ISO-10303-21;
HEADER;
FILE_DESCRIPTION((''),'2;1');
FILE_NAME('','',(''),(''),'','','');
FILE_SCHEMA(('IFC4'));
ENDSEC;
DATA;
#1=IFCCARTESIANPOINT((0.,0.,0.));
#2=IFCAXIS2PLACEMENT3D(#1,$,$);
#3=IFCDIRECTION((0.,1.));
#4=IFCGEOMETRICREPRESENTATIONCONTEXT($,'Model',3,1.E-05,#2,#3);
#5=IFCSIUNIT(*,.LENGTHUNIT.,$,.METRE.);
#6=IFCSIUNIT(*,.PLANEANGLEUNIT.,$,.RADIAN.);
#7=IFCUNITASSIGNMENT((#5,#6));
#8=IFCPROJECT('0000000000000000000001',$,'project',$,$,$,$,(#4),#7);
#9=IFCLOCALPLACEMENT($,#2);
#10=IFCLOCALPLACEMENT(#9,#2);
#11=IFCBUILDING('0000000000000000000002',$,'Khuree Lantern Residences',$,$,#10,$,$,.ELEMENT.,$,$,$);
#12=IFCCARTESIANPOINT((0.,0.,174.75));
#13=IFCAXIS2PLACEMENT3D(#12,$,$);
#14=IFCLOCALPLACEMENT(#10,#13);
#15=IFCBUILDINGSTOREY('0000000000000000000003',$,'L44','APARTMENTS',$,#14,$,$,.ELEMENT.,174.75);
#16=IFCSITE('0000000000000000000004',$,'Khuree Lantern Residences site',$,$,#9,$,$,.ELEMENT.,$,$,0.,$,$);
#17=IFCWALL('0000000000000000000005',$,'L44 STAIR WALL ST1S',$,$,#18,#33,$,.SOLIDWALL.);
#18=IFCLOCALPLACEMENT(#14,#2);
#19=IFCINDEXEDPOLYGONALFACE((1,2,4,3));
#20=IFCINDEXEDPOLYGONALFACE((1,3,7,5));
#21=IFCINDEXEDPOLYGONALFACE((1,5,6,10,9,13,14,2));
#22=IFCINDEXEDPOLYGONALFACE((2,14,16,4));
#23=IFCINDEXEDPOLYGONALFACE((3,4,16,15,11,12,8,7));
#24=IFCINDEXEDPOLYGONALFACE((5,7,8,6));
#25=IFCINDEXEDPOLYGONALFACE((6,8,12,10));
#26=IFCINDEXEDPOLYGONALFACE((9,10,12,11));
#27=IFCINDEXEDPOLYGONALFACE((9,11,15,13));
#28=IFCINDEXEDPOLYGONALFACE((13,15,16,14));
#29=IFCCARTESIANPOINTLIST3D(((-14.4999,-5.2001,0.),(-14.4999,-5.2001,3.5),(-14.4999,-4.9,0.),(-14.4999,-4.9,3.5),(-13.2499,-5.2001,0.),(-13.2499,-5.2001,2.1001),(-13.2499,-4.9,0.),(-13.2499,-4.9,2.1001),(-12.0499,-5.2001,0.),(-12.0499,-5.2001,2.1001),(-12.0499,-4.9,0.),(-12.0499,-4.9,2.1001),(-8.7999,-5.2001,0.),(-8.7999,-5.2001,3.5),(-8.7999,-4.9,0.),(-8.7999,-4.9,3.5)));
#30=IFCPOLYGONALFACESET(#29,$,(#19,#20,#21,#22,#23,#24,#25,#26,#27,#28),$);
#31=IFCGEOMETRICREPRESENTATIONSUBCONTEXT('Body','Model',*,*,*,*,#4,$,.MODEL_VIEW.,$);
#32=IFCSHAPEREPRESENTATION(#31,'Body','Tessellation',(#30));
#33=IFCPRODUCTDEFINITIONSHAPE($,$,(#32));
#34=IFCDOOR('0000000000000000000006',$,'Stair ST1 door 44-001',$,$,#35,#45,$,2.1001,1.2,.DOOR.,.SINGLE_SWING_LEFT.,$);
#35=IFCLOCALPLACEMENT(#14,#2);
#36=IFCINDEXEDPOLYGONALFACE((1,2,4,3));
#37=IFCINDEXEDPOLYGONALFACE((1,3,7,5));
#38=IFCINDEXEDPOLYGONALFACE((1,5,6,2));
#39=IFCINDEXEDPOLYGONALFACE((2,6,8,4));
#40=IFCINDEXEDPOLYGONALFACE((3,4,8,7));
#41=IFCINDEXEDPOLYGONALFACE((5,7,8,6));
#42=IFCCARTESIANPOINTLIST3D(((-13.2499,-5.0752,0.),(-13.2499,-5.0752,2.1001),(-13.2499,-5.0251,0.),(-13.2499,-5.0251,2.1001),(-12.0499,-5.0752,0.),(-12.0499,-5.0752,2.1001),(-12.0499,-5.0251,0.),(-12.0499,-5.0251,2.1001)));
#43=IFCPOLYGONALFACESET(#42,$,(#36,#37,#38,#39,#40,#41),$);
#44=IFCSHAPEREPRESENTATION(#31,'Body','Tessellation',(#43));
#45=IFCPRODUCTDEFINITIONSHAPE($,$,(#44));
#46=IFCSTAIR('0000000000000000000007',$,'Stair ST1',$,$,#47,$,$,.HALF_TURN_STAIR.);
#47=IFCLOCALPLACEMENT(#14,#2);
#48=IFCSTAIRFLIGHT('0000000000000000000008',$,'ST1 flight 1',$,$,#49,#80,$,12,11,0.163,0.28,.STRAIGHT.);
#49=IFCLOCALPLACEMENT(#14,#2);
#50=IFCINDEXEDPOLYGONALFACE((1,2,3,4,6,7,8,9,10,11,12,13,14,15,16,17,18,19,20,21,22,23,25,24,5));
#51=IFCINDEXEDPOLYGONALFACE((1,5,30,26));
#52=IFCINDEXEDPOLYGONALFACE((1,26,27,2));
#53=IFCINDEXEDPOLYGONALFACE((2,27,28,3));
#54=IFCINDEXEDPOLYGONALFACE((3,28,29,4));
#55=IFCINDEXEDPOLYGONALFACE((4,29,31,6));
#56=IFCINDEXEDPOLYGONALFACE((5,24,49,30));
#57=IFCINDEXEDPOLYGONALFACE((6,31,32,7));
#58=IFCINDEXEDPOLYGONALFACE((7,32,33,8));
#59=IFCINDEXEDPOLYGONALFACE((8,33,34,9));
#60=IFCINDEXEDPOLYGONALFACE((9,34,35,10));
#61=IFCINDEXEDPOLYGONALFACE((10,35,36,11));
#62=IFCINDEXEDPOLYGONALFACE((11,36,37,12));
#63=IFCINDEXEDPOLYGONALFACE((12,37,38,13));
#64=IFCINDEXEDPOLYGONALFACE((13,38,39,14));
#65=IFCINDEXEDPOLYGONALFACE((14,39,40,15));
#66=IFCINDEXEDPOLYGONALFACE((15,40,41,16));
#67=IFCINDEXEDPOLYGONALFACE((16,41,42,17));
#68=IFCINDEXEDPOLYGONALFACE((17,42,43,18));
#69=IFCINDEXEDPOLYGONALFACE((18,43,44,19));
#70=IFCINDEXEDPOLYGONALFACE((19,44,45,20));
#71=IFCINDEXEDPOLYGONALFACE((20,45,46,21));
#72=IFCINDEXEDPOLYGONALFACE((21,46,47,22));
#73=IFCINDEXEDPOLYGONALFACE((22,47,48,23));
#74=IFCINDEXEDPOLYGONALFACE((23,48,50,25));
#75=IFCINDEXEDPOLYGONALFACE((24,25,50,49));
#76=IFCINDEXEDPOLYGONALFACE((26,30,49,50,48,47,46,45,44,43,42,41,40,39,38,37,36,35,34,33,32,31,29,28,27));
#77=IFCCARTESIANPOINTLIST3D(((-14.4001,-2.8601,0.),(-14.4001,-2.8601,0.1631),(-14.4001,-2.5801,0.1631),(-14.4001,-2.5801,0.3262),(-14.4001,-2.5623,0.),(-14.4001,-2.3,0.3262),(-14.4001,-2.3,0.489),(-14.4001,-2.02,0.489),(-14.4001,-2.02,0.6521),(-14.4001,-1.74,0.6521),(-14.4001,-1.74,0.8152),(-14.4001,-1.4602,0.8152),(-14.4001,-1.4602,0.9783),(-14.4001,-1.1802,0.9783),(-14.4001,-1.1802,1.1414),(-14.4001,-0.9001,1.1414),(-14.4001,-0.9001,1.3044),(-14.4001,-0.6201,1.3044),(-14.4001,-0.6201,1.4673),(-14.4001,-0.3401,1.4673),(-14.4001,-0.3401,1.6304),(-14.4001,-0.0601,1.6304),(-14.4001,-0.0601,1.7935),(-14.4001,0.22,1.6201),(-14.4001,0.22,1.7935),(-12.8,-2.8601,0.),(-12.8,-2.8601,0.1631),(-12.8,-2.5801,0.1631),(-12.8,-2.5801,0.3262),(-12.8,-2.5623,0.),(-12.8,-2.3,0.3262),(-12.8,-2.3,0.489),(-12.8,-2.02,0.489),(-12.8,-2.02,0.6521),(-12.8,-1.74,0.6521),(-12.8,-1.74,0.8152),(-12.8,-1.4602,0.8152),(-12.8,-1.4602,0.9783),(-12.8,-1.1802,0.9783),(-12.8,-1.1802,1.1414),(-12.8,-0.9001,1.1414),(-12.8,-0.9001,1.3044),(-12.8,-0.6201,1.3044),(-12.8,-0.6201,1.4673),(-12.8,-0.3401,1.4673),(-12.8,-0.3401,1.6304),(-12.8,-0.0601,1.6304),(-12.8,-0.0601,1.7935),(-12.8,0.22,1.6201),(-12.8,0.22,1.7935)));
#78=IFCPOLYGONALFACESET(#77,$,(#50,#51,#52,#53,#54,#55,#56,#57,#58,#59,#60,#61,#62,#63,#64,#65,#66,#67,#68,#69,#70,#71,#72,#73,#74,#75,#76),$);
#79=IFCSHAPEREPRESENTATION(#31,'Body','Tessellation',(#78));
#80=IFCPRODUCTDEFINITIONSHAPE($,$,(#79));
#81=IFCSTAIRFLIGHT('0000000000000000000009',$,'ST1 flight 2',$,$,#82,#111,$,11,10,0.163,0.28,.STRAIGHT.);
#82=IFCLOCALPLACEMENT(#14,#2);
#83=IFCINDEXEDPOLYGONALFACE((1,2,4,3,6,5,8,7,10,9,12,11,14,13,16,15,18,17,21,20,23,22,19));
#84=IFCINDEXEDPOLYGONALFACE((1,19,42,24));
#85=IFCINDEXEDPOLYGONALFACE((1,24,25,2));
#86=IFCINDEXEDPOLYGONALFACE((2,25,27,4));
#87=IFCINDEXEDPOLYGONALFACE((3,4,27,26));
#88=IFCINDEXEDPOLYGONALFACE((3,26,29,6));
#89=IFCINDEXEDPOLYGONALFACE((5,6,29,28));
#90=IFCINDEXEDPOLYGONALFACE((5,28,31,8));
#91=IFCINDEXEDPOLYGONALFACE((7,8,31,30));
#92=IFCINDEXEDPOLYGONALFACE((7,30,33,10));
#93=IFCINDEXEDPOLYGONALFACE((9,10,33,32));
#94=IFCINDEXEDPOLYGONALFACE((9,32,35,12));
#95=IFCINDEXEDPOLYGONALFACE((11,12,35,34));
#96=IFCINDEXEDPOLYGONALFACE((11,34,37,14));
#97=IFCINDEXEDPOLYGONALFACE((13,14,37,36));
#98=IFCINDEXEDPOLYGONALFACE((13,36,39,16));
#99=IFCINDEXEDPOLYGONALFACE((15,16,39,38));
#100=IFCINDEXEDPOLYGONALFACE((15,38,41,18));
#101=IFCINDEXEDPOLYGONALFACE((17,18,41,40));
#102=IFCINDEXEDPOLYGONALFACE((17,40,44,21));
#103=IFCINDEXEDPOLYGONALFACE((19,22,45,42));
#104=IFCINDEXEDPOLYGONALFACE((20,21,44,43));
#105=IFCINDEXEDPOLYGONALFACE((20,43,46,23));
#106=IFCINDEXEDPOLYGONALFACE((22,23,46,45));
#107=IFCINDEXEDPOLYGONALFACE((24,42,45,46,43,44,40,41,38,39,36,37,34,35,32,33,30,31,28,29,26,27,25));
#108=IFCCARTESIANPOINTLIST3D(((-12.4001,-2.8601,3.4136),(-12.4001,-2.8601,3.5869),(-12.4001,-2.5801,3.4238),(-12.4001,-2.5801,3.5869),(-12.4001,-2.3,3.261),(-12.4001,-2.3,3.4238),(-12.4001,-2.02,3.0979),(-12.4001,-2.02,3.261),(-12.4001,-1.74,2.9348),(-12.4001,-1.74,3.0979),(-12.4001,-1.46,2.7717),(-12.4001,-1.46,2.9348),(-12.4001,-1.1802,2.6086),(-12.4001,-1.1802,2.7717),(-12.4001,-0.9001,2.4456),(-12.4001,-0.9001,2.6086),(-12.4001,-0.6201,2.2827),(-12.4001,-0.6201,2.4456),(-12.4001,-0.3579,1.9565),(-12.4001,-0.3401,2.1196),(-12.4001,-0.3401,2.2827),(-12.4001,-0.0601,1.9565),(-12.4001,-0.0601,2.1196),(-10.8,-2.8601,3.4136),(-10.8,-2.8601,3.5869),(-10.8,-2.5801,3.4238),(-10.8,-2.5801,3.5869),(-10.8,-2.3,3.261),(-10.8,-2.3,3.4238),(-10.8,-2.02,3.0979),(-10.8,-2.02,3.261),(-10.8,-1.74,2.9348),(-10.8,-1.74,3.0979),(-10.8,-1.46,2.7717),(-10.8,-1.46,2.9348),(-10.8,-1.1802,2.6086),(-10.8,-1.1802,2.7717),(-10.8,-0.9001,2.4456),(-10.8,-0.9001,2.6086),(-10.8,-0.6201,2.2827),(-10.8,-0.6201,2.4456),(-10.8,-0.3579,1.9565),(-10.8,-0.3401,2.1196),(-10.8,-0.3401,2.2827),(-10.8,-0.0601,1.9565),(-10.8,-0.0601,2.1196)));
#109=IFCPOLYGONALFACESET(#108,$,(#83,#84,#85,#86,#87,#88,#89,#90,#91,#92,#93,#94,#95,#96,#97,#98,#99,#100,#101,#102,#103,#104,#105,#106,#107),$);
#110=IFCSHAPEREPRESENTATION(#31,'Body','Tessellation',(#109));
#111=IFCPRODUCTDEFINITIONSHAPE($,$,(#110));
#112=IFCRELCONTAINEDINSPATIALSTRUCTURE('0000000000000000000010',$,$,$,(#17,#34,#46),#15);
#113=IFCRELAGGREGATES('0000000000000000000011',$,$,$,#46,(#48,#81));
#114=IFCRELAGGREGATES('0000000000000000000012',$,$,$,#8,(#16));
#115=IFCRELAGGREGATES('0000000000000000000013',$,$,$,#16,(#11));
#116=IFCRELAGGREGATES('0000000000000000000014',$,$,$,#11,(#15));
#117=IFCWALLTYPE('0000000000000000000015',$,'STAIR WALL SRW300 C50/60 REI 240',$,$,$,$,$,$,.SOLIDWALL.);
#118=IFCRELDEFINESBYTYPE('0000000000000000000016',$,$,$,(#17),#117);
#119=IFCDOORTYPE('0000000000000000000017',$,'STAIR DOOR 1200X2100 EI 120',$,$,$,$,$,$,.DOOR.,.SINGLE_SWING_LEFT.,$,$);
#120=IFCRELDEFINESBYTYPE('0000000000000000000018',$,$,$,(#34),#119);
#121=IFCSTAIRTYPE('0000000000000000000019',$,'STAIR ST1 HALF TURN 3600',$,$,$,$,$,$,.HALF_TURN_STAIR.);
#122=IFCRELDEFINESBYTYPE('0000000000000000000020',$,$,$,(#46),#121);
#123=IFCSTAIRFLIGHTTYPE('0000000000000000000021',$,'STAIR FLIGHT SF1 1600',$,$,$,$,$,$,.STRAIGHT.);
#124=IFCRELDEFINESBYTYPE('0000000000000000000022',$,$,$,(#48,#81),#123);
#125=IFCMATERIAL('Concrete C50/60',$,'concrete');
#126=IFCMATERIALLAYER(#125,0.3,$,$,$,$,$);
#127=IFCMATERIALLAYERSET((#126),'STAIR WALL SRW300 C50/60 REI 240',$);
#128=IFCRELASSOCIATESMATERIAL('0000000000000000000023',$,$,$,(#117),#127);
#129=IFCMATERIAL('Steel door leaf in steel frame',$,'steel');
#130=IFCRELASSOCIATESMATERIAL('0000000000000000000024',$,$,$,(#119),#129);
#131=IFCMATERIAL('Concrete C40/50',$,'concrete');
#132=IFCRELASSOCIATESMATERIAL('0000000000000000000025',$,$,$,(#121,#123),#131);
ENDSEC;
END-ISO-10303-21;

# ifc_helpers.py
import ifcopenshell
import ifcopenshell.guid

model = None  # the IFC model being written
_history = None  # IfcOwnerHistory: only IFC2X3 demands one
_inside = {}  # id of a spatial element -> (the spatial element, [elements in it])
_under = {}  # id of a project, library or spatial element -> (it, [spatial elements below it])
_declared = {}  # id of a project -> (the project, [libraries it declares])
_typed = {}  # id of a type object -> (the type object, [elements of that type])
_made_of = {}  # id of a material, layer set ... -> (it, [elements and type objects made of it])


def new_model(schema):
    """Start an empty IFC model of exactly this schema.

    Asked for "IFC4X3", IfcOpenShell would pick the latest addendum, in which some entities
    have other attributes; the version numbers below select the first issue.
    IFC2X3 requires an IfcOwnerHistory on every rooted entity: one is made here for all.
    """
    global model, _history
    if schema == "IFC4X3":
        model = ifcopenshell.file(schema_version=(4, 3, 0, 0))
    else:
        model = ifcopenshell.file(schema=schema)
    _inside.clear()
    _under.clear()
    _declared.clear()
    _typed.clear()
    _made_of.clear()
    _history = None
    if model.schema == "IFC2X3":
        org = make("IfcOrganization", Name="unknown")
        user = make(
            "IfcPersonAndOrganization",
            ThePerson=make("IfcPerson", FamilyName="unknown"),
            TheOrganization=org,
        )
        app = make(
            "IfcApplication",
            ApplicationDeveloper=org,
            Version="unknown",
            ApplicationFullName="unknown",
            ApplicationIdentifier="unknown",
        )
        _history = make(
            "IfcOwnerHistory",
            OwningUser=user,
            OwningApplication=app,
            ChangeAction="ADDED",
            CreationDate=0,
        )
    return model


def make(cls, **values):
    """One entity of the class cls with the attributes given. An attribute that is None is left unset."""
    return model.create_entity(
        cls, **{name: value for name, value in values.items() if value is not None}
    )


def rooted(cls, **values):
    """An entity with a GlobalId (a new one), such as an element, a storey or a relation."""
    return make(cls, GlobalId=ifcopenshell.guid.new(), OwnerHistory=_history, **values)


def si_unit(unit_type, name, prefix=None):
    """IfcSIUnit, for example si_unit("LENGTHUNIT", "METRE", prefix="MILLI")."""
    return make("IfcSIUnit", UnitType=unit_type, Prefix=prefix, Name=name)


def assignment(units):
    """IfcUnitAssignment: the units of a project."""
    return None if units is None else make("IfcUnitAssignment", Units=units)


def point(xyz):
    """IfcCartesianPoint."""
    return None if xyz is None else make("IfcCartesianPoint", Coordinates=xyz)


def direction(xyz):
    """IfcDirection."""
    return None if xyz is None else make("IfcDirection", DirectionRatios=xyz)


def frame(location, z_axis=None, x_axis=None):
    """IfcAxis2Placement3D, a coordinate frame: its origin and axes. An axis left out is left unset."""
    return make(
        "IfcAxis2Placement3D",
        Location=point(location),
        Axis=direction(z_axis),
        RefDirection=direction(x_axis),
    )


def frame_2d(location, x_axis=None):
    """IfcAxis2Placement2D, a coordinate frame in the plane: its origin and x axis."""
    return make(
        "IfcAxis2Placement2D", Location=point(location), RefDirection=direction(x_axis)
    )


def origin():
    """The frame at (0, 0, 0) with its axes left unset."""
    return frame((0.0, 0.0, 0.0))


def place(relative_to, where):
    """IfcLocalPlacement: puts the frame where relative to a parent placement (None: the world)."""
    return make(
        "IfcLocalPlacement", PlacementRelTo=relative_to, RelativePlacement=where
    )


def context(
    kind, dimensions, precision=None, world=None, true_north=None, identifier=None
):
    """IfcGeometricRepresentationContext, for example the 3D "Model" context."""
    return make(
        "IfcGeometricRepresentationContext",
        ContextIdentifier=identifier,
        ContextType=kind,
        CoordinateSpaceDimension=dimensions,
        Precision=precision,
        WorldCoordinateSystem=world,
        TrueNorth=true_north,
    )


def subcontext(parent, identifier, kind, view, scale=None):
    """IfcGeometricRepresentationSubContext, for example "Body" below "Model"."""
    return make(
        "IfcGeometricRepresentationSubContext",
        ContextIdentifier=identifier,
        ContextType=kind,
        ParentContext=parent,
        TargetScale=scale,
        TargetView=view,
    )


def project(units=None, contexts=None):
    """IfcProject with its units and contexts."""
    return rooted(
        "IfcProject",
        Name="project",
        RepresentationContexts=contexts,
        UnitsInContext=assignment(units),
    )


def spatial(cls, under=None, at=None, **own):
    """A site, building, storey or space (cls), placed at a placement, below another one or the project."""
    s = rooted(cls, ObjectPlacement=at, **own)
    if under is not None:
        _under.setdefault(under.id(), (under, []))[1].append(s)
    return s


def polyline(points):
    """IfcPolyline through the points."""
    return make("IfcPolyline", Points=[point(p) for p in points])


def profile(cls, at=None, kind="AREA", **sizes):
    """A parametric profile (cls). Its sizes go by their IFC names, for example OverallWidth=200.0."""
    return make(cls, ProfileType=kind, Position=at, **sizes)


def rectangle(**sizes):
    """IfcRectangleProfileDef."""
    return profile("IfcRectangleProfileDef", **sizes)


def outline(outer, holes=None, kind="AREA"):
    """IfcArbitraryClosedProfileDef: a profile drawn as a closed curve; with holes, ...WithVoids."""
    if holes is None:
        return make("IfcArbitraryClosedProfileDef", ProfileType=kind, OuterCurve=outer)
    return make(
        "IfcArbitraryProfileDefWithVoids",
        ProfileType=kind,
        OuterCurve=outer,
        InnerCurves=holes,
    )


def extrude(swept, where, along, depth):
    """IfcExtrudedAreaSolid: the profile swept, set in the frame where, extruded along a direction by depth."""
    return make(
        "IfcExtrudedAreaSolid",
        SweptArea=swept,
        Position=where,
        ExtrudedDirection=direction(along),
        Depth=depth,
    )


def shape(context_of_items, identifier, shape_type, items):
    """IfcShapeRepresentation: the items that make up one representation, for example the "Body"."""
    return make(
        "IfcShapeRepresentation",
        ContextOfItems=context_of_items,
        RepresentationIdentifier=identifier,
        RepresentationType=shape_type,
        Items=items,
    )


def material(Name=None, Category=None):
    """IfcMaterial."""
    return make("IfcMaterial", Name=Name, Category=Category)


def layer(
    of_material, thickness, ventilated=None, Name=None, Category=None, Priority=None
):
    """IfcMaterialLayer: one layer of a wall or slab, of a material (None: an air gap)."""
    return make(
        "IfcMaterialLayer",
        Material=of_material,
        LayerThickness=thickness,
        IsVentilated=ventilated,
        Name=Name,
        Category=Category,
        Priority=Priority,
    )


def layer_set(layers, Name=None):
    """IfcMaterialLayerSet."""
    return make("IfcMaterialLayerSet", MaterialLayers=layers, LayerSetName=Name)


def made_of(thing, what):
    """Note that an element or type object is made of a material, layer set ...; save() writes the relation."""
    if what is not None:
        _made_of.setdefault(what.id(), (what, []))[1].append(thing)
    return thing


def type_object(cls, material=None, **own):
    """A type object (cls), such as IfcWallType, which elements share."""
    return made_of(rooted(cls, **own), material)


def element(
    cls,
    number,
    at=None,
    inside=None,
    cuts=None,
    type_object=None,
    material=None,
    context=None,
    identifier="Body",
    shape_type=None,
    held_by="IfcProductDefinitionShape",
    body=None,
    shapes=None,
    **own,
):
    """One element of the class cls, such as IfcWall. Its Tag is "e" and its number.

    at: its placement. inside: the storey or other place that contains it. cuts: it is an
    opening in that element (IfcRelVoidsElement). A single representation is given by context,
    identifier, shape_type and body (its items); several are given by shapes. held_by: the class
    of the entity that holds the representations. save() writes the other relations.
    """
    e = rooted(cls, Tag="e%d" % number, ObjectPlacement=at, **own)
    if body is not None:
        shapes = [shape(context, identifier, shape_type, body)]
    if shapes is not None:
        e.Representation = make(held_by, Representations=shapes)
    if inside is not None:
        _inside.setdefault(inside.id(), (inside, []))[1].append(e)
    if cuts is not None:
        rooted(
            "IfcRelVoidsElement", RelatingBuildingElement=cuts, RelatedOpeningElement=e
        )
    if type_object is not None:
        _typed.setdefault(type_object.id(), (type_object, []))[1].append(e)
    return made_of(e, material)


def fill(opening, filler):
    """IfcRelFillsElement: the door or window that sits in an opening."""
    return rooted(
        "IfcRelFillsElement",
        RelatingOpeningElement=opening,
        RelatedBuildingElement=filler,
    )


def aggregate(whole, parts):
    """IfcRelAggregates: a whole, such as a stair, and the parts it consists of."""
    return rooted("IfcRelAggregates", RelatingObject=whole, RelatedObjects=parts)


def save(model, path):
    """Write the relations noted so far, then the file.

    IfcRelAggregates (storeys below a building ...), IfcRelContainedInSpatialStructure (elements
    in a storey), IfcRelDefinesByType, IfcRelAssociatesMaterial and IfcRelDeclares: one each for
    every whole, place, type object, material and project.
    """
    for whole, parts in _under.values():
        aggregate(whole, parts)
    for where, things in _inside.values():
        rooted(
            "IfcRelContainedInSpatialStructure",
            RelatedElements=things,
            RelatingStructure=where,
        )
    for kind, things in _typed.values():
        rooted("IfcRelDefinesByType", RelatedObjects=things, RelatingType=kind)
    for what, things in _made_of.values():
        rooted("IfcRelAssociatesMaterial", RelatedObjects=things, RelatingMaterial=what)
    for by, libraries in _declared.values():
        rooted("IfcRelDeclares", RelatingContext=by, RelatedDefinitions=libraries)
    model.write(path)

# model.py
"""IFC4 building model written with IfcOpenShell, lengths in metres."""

from ifc_helpers import new_model, si_unit, direction, frame, frame_2d, origin, place, context, subcontext, project, spatial, polyline, rectangle, outline, extrude, material, layer, layer_set, type_object, element, fill, aggregate, save


model = new_model("IFC4")

# Units and contexts
model_context = context("Model", 3, precision=1e-05, world=origin(), true_north=direction((0.0, 1.0)))
body_context = subcontext(model_context, "Body", "Model", "MODEL_VIEW")
ifc_project = project(units=[si_unit("LENGTHUNIT", "METRE"), si_unit("PLANEANGLEUNIT", "RADIAN")], contexts=[model_context])

# Site, building, storey
site_placement = place(None, origin())
site = spatial("IfcSite", under=ifc_project, at=site_placement, Name="Khuree Lantern Residences site", CompositionType="ELEMENT", RefElevation=0.0)
building_placement = place(site_placement, origin())
building = spatial("IfcBuilding", under=site, at=building_placement, Name="Khuree Lantern Residences", CompositionType="ELEMENT")
storey_placement = place(building_placement, frame((0.0, 0.0, 174.75)))
storey = spatial("IfcBuildingStorey", under=building, at=storey_placement, Name="L44", Description="APARTMENTS", CompositionType="ELEMENT", Elevation=174.75)

# Shared definitions
ifc_material_1 = material(Name="Steel door leaf in steel frame", Category="steel")

# Shared definitions
ifc_material_2 = material(Name="Concrete C50/60", Category="concrete")
ifc_layer_1 = layer(ifc_material_2, 0.3)
ifc_layer_set_1 = layer_set([ifc_layer_1], Name="STAIR WALL SRW300 C50/60 REI 240")
wall_type_1 = type_object("IfcWallType", Name="STAIR WALL SRW300 C50/60 REI 240", PredefinedType="SOLIDWALL", material=ifc_layer_set_1)

# Wall, opening, door
wall_1_placement = place(storey_placement, frame((-14.5, -5.05, 0.0), z_axis=(0.0, 0.0, 1.0), x_axis=(1.0, 0.0, 0.0)))
wall_1 = element("IfcWall", 1, at=wall_1_placement, inside=storey, type_object=wall_type_1, Name="L44 STAIR WALL ST1S", PredefinedType="SOLIDWALL", context=body_context, shape_type="SweptSolid", body=[
    extrude(rectangle(XDim=5.7, YDim=0.3, at=frame_2d((2.8501, 0.0))), origin(), (0.0, 0.0, 1.0), 3.5),
])
opening_1_placement = place(wall_1_placement, frame((1.25, 0.0, 0.0)))
opening_1 = element("IfcOpeningElement", 2, at=opening_1_placement, cuts=wall_1, PredefinedType="OPENING", context=body_context, shape_type="SweptSolid", body=[
    extrude(rectangle(XDim=1.2, YDim=2.1001, at=frame_2d((0.6001, 1.05))), frame((0.0, 0.1602, 0.0), z_axis=(0.0, -1.0, 0.0), x_axis=(1.0, 0.0, 0.0)), (0.0, 0.0, 1.0), 0.3201),
])
door_type_1 = type_object("IfcDoorType", Name="STAIR DOOR 1200X2100 EI 120", OperationType="SINGLE_SWING_LEFT", PredefinedType="DOOR", material=ifc_material_1)
door_1_placement = place(opening_1_placement, origin())
door_1 = element("IfcDoor", 3, at=door_1_placement, inside=storey, type_object=door_type_1, Name="Stair ST1 door 44-001", OperationType="SINGLE_SWING_LEFT", OverallHeight=2.1001, OverallWidth=1.2, PredefinedType="DOOR", context=body_context, shape_type="SweptSolid", body=[
    extrude(rectangle(XDim=1.2, YDim=2.1001, at=frame_2d((0.6001, 1.05))), frame((0.0, 0.0249, 0.0), z_axis=(0.0, -1.0, 0.0), x_axis=(1.0, 0.0, 0.0)), (0.0, 0.0, 1.0), 0.05),
])
fill(opening_1, door_1)

# Stair, stair flights
ifc_material_3 = material(Name="Concrete C40/50", Category="concrete")
stair_type = type_object("IfcStairType", Name="STAIR ST1 HALF TURN 3600", PredefinedType="HALF_TURN_STAIR", material=ifc_material_3)
stair_placement = place(storey_placement, origin())
stair = element("IfcStair", 4, at=stair_placement, inside=storey, type_object=stair_type, Name="Stair ST1", PredefinedType="HALF_TURN_STAIR")
stair_flight_type = type_object("IfcStairFlightType", Name="STAIR FLIGHT SF1 1600", PredefinedType="STRAIGHT", material=ifc_material_3)
stair_flight_1_placement = place(storey_placement, frame((-13.6001, -2.8601, 0.0), z_axis=(0.0, 0.0, 1.0), x_axis=(0.0, 1.0, 0.0)))
stair_flight_1 = element("IfcStairFlight", 5, at=stair_flight_1_placement, type_object=stair_flight_type, Name="ST1 flight 1", NumberOfRisers=12, NumberOfTreads=11, PredefinedType="STRAIGHT", RiserHeight=0.163, TreadLength=0.28, context=body_context, shape_type="SweptSolid", body=[
    extrude(outline(polyline([(0.0, 0.0), (0.0, 0.1631), (0.28, 0.1631), (0.28, 0.3262), (0.5601, 0.3262), (0.5601, 0.489), (0.8401, 0.489), (0.8401, 0.6521), (1.1201, 0.6521), (1.1201, 0.8152), (1.3999, 0.8152), (1.3999, 0.9783), (1.6799, 0.9783), (1.6799, 1.1414), (1.96, 1.1414), (1.96, 1.3044), (2.24, 1.3044), (2.24, 1.4673), (2.52, 1.4673), (2.52, 1.6304), (2.8, 1.6304), (2.8, 1.7935), (3.0801, 1.7935), (3.0801, 1.9565), (3.0801, 1.6201), (0.2979, 0.0), (0.0, 0.0)])), frame((0.0, 0.8, 0.0), z_axis=(0.0, -1.0, 0.0), x_axis=(1.0, 0.0, 0.0)), (0.0, 0.0, 1.0), 1.6001),
])
stair_flight_2_placement = place(storey_placement, frame((-11.6001, -0.0601, 1.9565), z_axis=(0.0, 0.0, 1.0), x_axis=(0.0, -1.0, 0.0)))
stair_flight_2 = element("IfcStairFlight", 6, at=stair_flight_2_placement, type_object=stair_flight_type, Name="ST1 flight 2", NumberOfRisers=11, NumberOfTreads=10, PredefinedType="STRAIGHT", RiserHeight=0.163, TreadLength=0.28, context=body_context, shape_type="SweptSolid", body=[
    extrude(outline(polyline([(0.0, 0.0), (0.0, 0.1631), (0.28, 0.1631), (0.28, 0.3262), (0.5601, 0.3262), (0.5601, 0.489), (0.8401, 0.489), (0.8401, 0.6521), (1.1201, 0.6521), (1.1201, 0.8152), (1.3999, 0.8152), (1.3999, 0.9783), (1.6799, 0.9783), (1.6799, 1.1414), (1.96, 1.1414), (1.96, 1.3044), (2.24, 1.3044), (2.24, 1.4673), (2.52, 1.4673), (2.52, 1.6304), (2.8, 1.6304), (2.8, 1.7935), (2.8, 1.457), (0.2979, 0.0), (0.0, 0.0)])), frame((0.0, 0.8, 0.0), z_axis=(0.0, -1.0, 0.0), x_axis=(1.0, 0.0, 0.0)), (0.0, 0.0, 1.0), 1.6001),
])
aggregate(stair, [stair_flight_1, stair_flight_2])

save(model, "model.ifc")
